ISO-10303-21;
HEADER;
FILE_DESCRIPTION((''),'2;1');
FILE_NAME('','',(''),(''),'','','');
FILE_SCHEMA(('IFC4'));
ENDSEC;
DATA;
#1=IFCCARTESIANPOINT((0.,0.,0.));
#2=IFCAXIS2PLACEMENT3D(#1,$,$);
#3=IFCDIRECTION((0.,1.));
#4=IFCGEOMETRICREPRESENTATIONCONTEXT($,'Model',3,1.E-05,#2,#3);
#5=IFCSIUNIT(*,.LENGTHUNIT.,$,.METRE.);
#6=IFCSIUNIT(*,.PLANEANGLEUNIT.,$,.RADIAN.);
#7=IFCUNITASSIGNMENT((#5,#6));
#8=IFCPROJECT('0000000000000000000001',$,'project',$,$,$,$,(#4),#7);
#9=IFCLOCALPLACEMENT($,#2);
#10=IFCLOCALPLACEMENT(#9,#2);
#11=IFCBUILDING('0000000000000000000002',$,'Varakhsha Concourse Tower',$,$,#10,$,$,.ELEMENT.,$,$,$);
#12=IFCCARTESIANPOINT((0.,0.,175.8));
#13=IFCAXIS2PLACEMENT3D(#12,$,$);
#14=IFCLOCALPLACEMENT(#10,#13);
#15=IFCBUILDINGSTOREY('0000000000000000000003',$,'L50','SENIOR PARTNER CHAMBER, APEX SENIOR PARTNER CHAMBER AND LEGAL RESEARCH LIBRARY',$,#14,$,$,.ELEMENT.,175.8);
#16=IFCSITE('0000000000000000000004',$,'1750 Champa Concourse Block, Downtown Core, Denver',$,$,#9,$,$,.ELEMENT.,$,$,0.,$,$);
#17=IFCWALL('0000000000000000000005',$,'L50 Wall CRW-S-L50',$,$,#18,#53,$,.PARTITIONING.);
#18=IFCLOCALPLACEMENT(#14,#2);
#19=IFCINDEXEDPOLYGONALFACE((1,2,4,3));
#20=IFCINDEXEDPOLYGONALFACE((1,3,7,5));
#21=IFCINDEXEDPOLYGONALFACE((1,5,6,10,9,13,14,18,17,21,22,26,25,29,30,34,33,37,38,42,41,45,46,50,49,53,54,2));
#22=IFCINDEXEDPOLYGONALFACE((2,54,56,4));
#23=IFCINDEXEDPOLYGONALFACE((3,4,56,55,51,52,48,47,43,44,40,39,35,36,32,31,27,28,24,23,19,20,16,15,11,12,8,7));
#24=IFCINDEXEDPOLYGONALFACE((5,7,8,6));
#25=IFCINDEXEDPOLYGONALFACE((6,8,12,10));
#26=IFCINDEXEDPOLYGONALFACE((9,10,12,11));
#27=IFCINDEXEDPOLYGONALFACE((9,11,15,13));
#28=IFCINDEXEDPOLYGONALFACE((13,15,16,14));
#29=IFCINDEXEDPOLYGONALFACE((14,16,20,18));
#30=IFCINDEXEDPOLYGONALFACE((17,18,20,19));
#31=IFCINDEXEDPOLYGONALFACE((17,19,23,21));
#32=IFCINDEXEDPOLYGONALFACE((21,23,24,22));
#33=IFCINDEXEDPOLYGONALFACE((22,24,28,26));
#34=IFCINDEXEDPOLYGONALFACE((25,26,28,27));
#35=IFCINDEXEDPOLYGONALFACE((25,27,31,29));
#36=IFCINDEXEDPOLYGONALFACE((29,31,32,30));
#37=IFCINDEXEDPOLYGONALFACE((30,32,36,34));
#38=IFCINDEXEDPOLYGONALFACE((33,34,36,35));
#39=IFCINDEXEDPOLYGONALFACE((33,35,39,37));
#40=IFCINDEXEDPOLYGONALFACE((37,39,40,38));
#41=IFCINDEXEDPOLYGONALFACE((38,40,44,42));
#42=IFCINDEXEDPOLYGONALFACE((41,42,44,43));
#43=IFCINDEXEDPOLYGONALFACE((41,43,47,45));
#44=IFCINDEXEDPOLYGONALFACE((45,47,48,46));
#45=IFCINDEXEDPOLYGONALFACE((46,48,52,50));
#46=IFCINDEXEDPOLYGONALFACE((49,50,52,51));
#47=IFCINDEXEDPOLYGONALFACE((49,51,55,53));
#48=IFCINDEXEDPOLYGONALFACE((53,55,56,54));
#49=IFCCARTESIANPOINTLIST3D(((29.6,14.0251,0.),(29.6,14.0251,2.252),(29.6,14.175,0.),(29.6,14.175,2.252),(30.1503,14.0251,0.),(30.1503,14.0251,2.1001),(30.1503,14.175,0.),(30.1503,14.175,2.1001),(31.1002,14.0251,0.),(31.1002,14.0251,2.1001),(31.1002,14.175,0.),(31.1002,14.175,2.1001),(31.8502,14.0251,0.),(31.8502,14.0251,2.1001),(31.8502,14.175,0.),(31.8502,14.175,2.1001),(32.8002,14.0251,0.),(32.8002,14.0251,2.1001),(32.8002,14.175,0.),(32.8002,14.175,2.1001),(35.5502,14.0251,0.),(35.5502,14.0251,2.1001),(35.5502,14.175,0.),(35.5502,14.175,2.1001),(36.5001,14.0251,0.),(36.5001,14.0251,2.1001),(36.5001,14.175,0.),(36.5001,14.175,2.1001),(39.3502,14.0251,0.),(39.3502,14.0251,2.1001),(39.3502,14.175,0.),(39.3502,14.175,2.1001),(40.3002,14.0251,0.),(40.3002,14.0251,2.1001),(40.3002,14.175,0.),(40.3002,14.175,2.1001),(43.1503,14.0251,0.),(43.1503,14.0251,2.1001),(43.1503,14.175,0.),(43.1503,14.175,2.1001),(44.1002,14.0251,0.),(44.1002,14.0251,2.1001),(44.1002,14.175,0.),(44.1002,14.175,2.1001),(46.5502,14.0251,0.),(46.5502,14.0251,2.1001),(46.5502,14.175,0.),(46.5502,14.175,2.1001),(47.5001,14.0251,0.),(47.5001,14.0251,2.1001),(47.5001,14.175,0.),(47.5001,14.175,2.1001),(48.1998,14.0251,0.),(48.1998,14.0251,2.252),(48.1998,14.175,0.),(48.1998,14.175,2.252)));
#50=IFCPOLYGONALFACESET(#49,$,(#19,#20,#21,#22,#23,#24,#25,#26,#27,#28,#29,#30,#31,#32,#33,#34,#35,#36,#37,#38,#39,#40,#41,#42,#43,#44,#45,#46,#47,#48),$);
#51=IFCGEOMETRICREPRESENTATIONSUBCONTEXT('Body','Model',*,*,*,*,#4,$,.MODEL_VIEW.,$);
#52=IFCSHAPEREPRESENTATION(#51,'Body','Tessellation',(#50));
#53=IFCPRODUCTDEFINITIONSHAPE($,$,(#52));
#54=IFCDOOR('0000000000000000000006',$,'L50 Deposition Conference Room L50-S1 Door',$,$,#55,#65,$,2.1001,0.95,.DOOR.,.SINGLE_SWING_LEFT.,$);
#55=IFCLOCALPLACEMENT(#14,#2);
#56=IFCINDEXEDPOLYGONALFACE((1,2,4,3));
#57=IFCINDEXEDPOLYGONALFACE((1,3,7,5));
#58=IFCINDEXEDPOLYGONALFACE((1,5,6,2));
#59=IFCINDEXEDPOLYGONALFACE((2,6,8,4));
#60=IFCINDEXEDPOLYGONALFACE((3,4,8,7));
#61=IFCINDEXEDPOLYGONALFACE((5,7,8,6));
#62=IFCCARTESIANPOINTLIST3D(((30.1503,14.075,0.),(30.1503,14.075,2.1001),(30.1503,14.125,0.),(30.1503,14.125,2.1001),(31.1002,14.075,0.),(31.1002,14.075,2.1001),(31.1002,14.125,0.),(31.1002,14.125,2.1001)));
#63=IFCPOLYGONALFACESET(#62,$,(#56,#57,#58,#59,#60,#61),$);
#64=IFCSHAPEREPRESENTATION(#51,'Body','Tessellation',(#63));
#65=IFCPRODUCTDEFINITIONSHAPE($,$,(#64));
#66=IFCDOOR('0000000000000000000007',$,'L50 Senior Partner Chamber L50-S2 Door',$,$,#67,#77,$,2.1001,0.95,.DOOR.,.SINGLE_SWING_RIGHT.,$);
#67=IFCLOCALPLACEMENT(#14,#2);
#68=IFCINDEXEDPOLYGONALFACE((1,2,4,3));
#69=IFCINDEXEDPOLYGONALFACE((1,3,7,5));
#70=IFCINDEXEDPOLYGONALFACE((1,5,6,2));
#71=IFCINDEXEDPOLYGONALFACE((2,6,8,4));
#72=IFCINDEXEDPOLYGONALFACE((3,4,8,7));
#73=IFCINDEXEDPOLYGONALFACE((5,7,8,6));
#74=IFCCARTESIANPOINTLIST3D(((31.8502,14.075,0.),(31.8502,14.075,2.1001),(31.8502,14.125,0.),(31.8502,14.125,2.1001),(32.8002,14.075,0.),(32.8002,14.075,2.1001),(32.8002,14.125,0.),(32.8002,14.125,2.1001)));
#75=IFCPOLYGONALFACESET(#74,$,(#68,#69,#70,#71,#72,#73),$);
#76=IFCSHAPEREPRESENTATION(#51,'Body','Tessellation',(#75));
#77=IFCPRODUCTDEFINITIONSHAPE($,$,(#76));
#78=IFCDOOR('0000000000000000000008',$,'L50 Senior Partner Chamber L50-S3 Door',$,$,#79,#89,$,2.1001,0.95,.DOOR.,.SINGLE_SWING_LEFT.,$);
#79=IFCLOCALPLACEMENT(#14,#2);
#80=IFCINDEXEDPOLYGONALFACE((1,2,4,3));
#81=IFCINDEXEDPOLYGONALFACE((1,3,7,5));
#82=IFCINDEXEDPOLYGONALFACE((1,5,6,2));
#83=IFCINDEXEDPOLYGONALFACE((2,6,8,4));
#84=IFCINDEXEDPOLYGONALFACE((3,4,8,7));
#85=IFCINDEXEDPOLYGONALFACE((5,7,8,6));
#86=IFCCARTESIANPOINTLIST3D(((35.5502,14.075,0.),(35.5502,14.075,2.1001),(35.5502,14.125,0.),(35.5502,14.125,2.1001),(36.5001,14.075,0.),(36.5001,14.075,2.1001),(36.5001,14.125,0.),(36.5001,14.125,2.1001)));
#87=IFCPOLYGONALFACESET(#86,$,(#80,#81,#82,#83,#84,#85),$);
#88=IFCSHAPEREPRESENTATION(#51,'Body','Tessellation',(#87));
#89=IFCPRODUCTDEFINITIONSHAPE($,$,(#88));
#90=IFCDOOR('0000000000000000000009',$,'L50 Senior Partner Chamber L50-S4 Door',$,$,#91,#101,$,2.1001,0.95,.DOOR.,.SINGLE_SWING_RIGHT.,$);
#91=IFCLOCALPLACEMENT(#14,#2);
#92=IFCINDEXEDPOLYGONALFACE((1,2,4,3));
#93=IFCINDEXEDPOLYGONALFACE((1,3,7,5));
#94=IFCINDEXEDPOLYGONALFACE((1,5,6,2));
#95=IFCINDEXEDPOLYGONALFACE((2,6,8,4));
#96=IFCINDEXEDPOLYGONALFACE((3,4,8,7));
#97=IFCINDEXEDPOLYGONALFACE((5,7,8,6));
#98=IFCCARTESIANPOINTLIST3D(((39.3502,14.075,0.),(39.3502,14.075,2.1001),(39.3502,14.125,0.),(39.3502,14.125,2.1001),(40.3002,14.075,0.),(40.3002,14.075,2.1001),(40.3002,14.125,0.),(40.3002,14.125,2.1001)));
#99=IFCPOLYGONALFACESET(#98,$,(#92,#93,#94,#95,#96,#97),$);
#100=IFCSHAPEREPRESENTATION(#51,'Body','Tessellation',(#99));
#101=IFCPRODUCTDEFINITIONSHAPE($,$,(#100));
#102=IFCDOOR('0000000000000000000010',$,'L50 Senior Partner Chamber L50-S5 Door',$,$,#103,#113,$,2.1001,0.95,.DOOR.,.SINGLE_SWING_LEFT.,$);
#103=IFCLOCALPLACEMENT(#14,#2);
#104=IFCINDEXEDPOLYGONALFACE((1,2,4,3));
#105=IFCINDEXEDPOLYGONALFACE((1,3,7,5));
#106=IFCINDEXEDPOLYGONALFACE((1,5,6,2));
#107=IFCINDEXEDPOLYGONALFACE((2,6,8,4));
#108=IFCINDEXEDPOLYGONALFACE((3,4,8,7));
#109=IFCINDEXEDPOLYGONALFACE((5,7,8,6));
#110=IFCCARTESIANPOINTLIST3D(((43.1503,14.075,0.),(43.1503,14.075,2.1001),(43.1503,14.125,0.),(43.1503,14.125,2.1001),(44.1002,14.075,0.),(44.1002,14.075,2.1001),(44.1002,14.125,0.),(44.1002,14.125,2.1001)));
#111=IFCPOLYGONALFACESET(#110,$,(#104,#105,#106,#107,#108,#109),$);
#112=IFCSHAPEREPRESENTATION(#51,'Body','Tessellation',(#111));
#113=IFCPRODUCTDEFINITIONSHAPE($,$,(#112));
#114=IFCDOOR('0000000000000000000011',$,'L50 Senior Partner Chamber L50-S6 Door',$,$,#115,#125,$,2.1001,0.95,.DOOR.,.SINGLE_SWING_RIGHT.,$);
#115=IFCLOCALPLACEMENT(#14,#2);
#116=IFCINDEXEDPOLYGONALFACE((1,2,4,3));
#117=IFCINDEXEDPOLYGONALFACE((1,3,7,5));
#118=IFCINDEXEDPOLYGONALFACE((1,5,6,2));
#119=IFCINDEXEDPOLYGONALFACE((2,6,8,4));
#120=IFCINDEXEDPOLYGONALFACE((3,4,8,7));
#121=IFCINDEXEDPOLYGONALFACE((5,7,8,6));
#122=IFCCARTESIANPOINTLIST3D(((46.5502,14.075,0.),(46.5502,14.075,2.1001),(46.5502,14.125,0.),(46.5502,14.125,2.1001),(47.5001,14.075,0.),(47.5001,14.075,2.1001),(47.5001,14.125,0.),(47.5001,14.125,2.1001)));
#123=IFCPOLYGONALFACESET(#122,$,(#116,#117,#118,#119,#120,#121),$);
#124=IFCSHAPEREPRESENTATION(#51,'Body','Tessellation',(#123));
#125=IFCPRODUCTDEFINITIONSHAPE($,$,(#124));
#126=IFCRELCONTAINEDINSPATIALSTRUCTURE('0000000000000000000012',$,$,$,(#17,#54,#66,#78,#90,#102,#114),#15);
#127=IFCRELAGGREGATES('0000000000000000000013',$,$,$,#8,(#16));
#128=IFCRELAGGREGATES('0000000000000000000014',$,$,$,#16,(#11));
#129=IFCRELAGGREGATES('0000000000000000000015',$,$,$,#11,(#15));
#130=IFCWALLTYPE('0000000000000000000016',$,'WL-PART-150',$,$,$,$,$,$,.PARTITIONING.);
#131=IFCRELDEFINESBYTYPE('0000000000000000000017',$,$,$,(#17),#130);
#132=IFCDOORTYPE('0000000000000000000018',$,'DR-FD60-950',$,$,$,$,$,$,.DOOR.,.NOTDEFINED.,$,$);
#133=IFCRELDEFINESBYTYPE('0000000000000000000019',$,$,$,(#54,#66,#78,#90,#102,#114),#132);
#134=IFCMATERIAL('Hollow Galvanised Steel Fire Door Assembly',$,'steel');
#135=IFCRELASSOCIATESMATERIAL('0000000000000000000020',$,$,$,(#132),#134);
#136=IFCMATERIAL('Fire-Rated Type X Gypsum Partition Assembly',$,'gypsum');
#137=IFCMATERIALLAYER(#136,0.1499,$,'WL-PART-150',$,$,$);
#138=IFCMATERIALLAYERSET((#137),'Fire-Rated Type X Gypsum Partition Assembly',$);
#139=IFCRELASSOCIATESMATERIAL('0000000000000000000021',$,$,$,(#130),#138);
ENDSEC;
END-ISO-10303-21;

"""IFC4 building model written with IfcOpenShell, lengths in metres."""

from ifc_helpers import new_model, si_unit, direction, frame, frame_2d, origin, place, context, subcontext, project, spatial, rectangle, extrude, material, layer, layer_set, type_object, element, fill, save


model = new_model("IFC4")

# Units and contexts
model_context = context("Model", 3, precision=1e-05, world=origin(), true_north=direction((0.0, 1.0)))
body_context = subcontext(model_context, "Body", "Model", "MODEL_VIEW")
ifc_project = project(units=[si_unit("LENGTHUNIT", "METRE"), si_unit("PLANEANGLEUNIT", "RADIAN")], contexts=[model_context])

# Site, building, storey
site_placement = place(None, origin())
site = spatial("IfcSite", under=ifc_project, at=site_placement, Name="1750 Champa Concourse Block, Downtown Core, Denver", CompositionType="ELEMENT", RefElevation=0.0)
building_placement = place(site_placement, origin())
building = spatial("IfcBuilding", under=site, at=building_placement, Name="Varakhsha Concourse Tower", CompositionType="ELEMENT")
storey_placement = place(building_placement, frame((0.0, 0.0, 175.8)))
storey = spatial("IfcBuildingStorey", under=building, at=storey_placement, Name="L50", Description="SENIOR PARTNER CHAMBER, APEX SENIOR PARTNER CHAMBER AND LEGAL RESEARCH LIBRARY", CompositionType="ELEMENT", Elevation=175.8)

# Wall, openings, doors
ifc_material_1 = material(Name="Hollow Galvanised Steel Fire Door Assembly", Category="steel")
door_type_1 = type_object("IfcDoorType", Name="DR-FD60-950", OperationType="NOTDEFINED", PredefinedType="DOOR", material=ifc_material_1)
ifc_material_2 = material(Name="Fire-Rated Type X Gypsum Partition Assembly", Category="gypsum")
ifc_layer_1 = layer(ifc_material_2, 0.1499, Name="WL-PART-150")
ifc_layer_set_1 = layer_set([ifc_layer_1], Name="Fire-Rated Type X Gypsum Partition Assembly")
wall_type_1 = type_object("IfcWallType", Name="WL-PART-150", PredefinedType="PARTITIONING", material=ifc_layer_set_1)
wall_1_placement = place(storey_placement, frame((29.6001, 14.1001, 0.0), z_axis=(0.0, 0.0, 1.0), x_axis=(1.0, 0.0, 0.0)))
wall_1 = element("IfcWall", 1, at=wall_1_placement, inside=storey, type_object=wall_type_1, Name="L50 Wall CRW-S-L50", PredefinedType="PARTITIONING", context=body_context, shape_type="SweptSolid", body=[
    extrude(rectangle(XDim=18.5999, YDim=0.1499, at=frame_2d((9.2998, 0.0))), origin(), (0.0, 0.0, 1.0), 2.252),
])
opening_1_placement = place(wall_1_placement, frame((0.55, 0.0, 0.0)))
opening_1 = element("IfcOpeningElement", 2, at=opening_1_placement, cuts=wall_1, PredefinedType="OPENING", context=body_context, shape_type="SweptSolid", body=[
    extrude(rectangle(XDim=0.95, YDim=2.1001, at=frame_2d((0.4751, 1.05))), frame((0.0, 0.085, 0.0), z_axis=(0.0, -1.0, 0.0), x_axis=(1.0, 0.0, 0.0)), (0.0, 0.0, 1.0), 0.1699),
])
opening_2_placement = place(wall_1_placement, frame((2.25, 0.0, 0.0)))
opening_2 = element("IfcOpeningElement", 3, at=opening_2_placement, cuts=wall_1, PredefinedType="OPENING", context=body_context, shape_type="SweptSolid", body=[
    extrude(rectangle(XDim=0.95, YDim=2.1001, at=frame_2d((0.4751, 1.05))), frame((0.0, 0.085, 0.0), z_axis=(0.0, -1.0, 0.0), x_axis=(1.0, 0.0, 0.0)), (0.0, 0.0, 1.0), 0.1699),
])
opening_3_placement = place(wall_1_placement, frame((5.95, 0.0, 0.0)))
opening_3 = element("IfcOpeningElement", 4, at=opening_3_placement, cuts=wall_1, PredefinedType="OPENING", context=body_context, shape_type="SweptSolid", body=[
    extrude(rectangle(XDim=0.95, YDim=2.1001, at=frame_2d((0.4751, 1.05))), frame((0.0, 0.085, 0.0), z_axis=(0.0, -1.0, 0.0), x_axis=(1.0, 0.0, 0.0)), (0.0, 0.0, 1.0), 0.1699),
])
opening_4_placement = place(wall_1_placement, frame((9.75, 0.0, 0.0)))
opening_4 = element("IfcOpeningElement", 5, at=opening_4_placement, cuts=wall_1, PredefinedType="OPENING", context=body_context, shape_type="SweptSolid", body=[
    extrude(rectangle(XDim=0.95, YDim=2.1001, at=frame_2d((0.4751, 1.05))), frame((0.0, 0.085, 0.0), z_axis=(0.0, -1.0, 0.0), x_axis=(1.0, 0.0, 0.0)), (0.0, 0.0, 1.0), 0.1699),
])
opening_5_placement = place(wall_1_placement, frame((13.55, 0.0, 0.0)))
opening_5 = element("IfcOpeningElement", 6, at=opening_5_placement, cuts=wall_1, PredefinedType="OPENING", context=body_context, shape_type="SweptSolid", body=[
    extrude(rectangle(XDim=0.95, YDim=2.1001, at=frame_2d((0.4751, 1.05))), frame((0.0, 0.085, 0.0), z_axis=(0.0, -1.0, 0.0), x_axis=(1.0, 0.0, 0.0)), (0.0, 0.0, 1.0), 0.1699),
])
opening_6_placement = place(wall_1_placement, frame((16.95, 0.0, 0.0)))
opening_6 = element("IfcOpeningElement", 7, at=opening_6_placement, cuts=wall_1, PredefinedType="OPENING", context=body_context, shape_type="SweptSolid", body=[
    extrude(rectangle(XDim=0.95, YDim=2.1001, at=frame_2d((0.4751, 1.05))), frame((0.0, 0.085, 0.0), z_axis=(0.0, -1.0, 0.0), x_axis=(1.0, 0.0, 0.0)), (0.0, 0.0, 1.0), 0.1699),
])
door_1_placement = place(opening_1_placement, origin())
door_1 = element("IfcDoor", 8, at=door_1_placement, inside=storey, type_object=door_type_1, Name="L50 Deposition Conference Room L50-S1 Door", OperationType="SINGLE_SWING_LEFT", OverallHeight=2.1001, OverallWidth=0.95, PredefinedType="DOOR", context=body_context, shape_type="SweptSolid", body=[
    extrude(rectangle(XDim=0.95, YDim=2.1001, at=frame_2d((0.4751, 1.05))), frame((0.0, 0.0249, 0.0), z_axis=(0.0, -1.0, 0.0), x_axis=(1.0, 0.0, 0.0)), (0.0, 0.0, 1.0), 0.05),
])
fill(opening_1, door_1)
door_2_placement = place(opening_2_placement, origin())
door_2 = element("IfcDoor", 9, at=door_2_placement, inside=storey, type_object=door_type_1, Name="L50 Senior Partner Chamber L50-S2 Door", OperationType="SINGLE_SWING_RIGHT", OverallHeight=2.1001, OverallWidth=0.95, PredefinedType="DOOR", context=body_context, shape_type="SweptSolid", body=[
    extrude(rectangle(XDim=0.95, YDim=2.1001, at=frame_2d((0.4751, 1.05))), frame((0.0, 0.0249, 0.0), z_axis=(0.0, -1.0, 0.0), x_axis=(1.0, 0.0, 0.0)), (0.0, 0.0, 1.0), 0.05),
])
fill(opening_2, door_2)
door_3_placement = place(opening_3_placement, origin())
door_3 = element("IfcDoor", 10, at=door_3_placement, inside=storey, type_object=door_type_1, Name="L50 Senior Partner Chamber L50-S3 Door", OperationType="SINGLE_SWING_LEFT", OverallHeight=2.1001, OverallWidth=0.95, PredefinedType="DOOR", context=body_context, shape_type="SweptSolid", body=[
    extrude(rectangle(XDim=0.95, YDim=2.1001, at=frame_2d((0.4751, 1.05))), frame((0.0, 0.0249, 0.0), z_axis=(0.0, -1.0, 0.0), x_axis=(1.0, 0.0, 0.0)), (0.0, 0.0, 1.0), 0.05),
])
fill(opening_3, door_3)
door_4_placement = place(opening_4_placement, origin())
door_4 = element("IfcDoor", 11, at=door_4_placement, inside=storey, type_object=door_type_1, Name="L50 Senior Partner Chamber L50-S4 Door", OperationType="SINGLE_SWING_RIGHT", OverallHeight=2.1001, OverallWidth=0.95, PredefinedType="DOOR", context=body_context, shape_type="SweptSolid", body=[
    extrude(rectangle(XDim=0.95, YDim=2.1001, at=frame_2d((0.4751, 1.05))), frame((0.0, 0.0249, 0.0), z_axis=(0.0, -1.0, 0.0), x_axis=(1.0, 0.0, 0.0)), (0.0, 0.0, 1.0), 0.05),
])
fill(opening_4, door_4)
door_5_placement = place(opening_5_placement, origin())
door_5 = element("IfcDoor", 12, at=door_5_placement, inside=storey, type_object=door_type_1, Name="L50 Senior Partner Chamber L50-S5 Door", OperationType="SINGLE_SWING_LEFT", OverallHeight=2.1001, OverallWidth=0.95, PredefinedType="DOOR", context=body_context, shape_type="SweptSolid", body=[
    extrude(rectangle(XDim=0.95, YDim=2.1001, at=frame_2d((0.4751, 1.05))), frame((0.0, 0.0249, 0.0), z_axis=(0.0, -1.0, 0.0), x_axis=(1.0, 0.0, 0.0)), (0.0, 0.0, 1.0), 0.05),
])
fill(opening_5, door_5)
door_6_placement = place(opening_6_placement, origin())
door_6 = element("IfcDoor", 13, at=door_6_placement, inside=storey, type_object=door_type_1, Name="L50 Senior Partner Chamber L50-S6 Door", OperationType="SINGLE_SWING_RIGHT", OverallHeight=2.1001, OverallWidth=0.95, PredefinedType="DOOR", context=body_context, shape_type="SweptSolid", body=[
    extrude(rectangle(XDim=0.95, YDim=2.1001, at=frame_2d((0.4751, 1.05))), frame((0.0, 0.0249, 0.0), z_axis=(0.0, -1.0, 0.0), x_axis=(1.0, 0.0, 0.0)), (0.0, 0.0, 1.0), 0.05),
])
fill(opening_6, door_6)

save(model, "model.ifc")
